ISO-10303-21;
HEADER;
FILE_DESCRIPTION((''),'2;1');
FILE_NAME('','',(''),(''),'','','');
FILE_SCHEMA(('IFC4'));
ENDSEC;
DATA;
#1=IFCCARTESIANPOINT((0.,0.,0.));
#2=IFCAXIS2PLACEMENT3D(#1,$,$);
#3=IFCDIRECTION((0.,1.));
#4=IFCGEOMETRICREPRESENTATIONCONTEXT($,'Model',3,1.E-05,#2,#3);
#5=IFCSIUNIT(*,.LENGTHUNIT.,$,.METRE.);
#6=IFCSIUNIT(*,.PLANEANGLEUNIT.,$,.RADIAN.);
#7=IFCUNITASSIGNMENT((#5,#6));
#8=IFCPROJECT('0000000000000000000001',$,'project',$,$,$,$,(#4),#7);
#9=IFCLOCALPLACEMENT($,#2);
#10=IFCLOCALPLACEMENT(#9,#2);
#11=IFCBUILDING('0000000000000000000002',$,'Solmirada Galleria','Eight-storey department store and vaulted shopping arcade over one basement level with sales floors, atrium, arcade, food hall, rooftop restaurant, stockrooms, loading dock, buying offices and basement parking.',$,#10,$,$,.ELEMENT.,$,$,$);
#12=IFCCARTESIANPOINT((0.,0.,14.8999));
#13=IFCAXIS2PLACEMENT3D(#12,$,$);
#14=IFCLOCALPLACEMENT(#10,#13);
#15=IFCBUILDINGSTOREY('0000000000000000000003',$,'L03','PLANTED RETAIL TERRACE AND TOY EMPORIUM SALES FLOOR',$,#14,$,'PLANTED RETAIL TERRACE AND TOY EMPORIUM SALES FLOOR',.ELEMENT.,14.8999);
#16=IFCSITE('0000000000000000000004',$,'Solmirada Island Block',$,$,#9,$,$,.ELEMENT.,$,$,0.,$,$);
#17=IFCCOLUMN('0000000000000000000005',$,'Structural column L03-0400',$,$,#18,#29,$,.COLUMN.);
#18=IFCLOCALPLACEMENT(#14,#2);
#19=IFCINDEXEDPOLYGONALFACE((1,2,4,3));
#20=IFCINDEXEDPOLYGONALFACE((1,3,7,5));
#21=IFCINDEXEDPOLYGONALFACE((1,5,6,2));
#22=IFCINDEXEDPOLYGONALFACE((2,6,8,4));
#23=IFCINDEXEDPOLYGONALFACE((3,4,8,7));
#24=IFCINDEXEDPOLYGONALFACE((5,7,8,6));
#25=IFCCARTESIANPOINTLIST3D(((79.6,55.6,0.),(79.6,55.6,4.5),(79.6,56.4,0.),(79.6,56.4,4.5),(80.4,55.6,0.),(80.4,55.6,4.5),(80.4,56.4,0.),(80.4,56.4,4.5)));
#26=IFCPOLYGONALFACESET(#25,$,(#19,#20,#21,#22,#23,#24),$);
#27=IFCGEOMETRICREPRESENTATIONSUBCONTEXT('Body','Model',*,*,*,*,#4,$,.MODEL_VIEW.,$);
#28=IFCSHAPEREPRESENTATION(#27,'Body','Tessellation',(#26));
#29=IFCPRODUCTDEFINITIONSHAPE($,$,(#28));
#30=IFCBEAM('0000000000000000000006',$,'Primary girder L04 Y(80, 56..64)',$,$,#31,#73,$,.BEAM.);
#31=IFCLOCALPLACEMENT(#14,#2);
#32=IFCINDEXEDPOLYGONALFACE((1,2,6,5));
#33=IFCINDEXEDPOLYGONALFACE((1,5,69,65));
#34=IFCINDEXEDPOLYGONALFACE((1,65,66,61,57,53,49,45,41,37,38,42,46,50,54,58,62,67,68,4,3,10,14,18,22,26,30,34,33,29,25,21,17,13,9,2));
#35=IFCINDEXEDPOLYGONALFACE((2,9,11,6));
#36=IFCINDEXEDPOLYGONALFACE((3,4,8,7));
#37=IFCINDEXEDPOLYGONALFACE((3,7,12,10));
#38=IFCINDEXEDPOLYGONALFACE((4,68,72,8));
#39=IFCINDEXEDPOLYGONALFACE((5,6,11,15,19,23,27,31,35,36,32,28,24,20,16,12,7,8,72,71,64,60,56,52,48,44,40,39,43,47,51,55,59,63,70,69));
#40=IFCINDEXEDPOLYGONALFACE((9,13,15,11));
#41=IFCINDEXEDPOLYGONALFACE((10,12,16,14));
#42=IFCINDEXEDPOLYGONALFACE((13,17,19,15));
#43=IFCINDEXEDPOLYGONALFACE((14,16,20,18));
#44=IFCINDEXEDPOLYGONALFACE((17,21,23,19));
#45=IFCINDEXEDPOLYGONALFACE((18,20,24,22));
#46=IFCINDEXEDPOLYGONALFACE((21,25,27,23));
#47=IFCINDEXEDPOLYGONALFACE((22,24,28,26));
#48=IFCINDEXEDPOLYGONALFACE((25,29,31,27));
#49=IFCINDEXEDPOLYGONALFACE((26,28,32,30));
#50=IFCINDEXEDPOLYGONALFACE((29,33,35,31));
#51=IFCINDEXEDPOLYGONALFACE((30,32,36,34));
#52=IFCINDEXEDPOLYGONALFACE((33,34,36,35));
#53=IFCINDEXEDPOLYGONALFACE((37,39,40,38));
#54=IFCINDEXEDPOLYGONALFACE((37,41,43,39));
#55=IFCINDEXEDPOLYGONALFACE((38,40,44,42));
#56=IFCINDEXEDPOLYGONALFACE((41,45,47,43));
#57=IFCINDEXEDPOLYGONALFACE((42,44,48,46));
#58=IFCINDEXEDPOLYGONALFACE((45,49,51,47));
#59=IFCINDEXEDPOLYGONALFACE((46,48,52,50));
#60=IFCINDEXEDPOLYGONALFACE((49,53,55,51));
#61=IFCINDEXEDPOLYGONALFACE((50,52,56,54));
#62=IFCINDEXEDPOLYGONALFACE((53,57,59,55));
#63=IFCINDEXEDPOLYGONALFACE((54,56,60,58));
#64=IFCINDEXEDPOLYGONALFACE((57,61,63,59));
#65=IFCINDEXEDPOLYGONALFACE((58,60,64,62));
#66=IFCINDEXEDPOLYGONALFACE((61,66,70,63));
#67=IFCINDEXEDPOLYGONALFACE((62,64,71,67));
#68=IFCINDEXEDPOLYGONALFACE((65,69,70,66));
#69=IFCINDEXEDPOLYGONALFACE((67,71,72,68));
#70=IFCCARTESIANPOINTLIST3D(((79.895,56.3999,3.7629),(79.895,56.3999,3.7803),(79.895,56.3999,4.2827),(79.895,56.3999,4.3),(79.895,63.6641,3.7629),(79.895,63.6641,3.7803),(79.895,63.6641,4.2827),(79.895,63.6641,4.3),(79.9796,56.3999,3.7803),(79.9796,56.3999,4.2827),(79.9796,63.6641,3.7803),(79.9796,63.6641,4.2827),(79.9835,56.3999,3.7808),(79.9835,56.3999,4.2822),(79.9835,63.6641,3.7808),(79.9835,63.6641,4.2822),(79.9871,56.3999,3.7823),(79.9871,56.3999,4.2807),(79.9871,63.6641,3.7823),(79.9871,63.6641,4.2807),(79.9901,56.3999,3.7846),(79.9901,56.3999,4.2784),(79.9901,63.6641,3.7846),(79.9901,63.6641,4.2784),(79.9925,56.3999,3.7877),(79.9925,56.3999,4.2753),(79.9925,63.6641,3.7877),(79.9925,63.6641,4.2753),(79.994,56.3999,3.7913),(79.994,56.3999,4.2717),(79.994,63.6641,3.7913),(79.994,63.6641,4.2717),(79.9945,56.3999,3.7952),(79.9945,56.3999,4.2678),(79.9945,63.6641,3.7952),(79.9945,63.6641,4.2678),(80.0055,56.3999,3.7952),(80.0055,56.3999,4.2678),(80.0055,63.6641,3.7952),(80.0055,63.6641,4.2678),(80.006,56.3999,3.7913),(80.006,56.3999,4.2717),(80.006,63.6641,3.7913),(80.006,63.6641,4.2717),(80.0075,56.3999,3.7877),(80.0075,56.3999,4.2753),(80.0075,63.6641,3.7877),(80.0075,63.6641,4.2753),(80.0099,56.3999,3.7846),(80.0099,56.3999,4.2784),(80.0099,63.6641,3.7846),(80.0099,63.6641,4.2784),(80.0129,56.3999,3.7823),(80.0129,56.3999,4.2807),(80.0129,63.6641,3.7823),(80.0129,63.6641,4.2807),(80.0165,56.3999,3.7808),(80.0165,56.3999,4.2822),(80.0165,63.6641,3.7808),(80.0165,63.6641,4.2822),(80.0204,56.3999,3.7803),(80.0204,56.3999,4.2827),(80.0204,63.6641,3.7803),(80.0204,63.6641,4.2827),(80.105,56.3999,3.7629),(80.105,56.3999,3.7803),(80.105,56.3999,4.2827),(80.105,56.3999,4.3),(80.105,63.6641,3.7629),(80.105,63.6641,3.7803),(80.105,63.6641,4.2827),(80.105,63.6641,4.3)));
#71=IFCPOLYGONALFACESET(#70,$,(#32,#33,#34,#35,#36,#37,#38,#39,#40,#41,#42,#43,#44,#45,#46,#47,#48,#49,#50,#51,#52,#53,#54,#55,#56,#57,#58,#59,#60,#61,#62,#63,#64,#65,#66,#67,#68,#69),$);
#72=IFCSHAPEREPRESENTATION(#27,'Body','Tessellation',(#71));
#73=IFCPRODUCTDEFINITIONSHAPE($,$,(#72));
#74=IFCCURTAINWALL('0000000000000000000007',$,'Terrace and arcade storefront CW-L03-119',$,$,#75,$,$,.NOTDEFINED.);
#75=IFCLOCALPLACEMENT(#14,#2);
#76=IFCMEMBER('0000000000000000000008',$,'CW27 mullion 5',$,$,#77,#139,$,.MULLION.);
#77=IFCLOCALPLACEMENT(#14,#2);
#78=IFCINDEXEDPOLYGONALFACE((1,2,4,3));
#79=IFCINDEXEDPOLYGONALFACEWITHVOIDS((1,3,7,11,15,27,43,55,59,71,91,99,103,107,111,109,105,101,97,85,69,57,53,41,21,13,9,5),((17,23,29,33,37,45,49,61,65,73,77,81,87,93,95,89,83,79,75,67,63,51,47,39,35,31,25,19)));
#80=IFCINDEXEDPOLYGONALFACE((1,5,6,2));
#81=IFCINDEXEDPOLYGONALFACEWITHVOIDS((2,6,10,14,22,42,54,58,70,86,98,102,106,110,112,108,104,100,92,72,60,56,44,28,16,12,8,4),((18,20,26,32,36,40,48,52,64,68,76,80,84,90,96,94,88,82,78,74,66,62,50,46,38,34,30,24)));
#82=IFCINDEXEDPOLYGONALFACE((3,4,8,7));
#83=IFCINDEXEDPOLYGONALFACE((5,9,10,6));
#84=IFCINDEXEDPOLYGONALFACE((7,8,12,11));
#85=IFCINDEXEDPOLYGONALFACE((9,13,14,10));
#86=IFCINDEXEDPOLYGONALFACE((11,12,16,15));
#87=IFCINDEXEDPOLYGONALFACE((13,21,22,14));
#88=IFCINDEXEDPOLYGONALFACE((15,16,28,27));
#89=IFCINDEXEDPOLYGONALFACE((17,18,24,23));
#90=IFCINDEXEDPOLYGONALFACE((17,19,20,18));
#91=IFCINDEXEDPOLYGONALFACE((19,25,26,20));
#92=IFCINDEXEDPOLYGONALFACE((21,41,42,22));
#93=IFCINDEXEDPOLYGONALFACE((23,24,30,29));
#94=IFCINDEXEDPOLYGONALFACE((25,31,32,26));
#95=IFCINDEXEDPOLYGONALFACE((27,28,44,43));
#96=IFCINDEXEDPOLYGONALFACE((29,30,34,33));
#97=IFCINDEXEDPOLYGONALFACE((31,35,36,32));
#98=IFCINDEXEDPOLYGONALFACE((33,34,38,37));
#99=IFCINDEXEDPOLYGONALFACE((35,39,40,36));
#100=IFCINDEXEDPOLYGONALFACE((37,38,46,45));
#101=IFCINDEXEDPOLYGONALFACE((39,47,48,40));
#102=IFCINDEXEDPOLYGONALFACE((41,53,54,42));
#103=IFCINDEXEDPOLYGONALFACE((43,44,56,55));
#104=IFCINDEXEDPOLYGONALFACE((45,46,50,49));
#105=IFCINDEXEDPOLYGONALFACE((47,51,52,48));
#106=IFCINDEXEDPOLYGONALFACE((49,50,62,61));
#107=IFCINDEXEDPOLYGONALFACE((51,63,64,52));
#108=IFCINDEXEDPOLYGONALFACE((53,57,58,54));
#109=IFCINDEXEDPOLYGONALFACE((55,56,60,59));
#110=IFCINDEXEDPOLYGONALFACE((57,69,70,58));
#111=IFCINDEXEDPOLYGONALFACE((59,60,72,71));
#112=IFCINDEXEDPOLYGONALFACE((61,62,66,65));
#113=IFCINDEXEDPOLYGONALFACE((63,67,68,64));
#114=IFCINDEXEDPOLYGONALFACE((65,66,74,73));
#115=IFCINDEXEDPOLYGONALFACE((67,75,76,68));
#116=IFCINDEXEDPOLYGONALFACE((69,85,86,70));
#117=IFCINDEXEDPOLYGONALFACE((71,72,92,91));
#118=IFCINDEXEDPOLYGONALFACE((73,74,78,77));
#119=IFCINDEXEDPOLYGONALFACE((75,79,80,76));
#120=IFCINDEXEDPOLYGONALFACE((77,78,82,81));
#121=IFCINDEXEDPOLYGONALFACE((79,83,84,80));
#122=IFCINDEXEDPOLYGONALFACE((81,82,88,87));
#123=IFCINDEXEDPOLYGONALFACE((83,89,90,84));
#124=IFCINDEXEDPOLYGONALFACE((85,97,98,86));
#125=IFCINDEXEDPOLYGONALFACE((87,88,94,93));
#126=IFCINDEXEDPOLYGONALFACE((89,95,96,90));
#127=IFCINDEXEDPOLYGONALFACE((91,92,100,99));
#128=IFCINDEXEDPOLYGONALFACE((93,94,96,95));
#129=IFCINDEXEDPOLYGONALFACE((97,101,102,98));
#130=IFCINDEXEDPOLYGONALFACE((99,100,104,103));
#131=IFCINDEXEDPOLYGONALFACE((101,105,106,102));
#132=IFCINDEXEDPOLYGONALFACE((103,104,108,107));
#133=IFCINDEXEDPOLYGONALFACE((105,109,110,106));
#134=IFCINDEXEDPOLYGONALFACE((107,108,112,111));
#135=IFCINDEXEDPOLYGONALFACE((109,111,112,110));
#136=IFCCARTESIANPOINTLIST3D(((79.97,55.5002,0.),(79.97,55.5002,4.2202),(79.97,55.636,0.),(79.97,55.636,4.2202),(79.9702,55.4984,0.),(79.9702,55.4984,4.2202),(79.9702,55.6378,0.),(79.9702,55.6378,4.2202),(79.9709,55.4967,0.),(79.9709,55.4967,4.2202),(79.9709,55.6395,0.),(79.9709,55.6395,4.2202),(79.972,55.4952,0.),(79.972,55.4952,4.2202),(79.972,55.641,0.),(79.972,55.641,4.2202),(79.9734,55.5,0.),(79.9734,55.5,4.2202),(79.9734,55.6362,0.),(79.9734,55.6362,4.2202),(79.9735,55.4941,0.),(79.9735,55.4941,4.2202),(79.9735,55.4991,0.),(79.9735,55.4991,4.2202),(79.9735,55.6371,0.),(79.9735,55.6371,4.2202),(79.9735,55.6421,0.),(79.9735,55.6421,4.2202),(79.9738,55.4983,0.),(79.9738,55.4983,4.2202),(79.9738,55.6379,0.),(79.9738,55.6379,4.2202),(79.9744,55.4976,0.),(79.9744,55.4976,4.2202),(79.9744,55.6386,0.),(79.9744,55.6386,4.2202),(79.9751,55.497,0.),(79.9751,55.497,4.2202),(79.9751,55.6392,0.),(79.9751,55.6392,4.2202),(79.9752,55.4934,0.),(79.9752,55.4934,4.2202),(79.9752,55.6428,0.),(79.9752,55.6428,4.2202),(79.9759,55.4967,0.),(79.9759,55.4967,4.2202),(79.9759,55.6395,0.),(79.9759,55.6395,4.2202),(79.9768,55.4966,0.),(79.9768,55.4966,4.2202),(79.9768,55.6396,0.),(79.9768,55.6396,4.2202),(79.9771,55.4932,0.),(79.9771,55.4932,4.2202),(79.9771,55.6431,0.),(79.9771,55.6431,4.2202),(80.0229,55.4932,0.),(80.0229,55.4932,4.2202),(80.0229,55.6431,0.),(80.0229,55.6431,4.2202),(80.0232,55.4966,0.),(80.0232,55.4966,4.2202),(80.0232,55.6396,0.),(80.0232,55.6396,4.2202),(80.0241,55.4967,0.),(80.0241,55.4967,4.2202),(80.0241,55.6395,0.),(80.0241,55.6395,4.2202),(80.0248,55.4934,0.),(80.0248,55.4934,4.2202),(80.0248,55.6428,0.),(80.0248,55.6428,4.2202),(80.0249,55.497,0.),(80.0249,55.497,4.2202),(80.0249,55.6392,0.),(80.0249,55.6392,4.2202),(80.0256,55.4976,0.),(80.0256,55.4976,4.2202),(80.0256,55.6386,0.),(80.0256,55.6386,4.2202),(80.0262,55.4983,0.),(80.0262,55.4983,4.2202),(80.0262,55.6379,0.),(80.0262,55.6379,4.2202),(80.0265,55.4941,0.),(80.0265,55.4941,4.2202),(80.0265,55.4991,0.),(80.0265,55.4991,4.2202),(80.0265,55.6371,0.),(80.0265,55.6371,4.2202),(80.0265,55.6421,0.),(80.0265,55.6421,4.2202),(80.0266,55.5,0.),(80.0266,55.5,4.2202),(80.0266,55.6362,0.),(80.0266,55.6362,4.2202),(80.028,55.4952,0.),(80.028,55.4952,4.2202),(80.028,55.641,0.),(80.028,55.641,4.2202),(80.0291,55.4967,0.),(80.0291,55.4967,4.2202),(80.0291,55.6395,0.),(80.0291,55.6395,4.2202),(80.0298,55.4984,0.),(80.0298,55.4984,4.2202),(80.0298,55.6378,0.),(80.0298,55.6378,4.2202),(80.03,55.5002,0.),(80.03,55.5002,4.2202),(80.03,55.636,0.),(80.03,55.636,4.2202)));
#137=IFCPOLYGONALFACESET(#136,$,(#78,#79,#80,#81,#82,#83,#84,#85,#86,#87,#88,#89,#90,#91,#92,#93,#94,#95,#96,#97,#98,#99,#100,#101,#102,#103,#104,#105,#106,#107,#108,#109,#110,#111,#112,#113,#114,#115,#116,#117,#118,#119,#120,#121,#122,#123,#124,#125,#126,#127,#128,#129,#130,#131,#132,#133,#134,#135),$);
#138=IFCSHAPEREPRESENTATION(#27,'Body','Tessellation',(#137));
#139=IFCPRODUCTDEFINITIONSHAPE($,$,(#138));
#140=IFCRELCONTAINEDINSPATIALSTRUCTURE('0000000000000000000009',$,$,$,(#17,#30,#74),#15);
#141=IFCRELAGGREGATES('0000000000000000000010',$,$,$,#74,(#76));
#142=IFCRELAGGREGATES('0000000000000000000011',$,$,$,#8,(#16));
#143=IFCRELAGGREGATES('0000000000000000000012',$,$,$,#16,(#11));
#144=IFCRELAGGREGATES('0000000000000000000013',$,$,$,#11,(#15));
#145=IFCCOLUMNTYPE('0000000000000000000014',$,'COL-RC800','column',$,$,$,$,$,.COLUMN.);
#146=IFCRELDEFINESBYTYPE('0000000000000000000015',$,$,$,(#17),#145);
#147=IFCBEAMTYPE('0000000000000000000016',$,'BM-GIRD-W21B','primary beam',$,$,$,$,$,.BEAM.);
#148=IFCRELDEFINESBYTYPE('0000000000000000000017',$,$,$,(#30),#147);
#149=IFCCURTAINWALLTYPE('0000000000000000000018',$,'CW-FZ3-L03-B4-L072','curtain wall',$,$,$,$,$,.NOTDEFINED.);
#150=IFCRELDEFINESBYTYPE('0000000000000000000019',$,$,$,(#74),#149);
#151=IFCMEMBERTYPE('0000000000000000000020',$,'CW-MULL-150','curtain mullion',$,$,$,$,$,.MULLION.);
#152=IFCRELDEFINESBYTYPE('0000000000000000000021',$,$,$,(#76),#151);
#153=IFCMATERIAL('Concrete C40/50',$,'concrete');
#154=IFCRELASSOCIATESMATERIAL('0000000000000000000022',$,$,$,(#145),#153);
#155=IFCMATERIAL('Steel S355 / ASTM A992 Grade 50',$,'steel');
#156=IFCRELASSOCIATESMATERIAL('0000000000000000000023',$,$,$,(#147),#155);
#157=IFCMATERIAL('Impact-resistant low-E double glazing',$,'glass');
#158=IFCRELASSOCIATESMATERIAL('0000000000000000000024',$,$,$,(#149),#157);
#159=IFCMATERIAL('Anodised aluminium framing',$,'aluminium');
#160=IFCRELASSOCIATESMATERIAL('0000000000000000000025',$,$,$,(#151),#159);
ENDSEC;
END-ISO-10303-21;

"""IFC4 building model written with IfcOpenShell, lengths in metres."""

from ifc_helpers import new_model, si_unit, direction, frame, origin, origin_2d, place, context, subcontext, project, spatial, rectangle, hollow_rectangle, i_section, extrude, material, material_profile, profile_set, type_object, element, aggregate, save


model = new_model("IFC4")

# Units and contexts
model_context = context("Model", 3, precision=1e-05, world=origin(), true_north=direction((0.0, 1.0)))
body_context = subcontext(model_context, "Body", "Model", "MODEL_VIEW")
ifc_project = project(units=[si_unit("LENGTHUNIT", "METRE"), si_unit("PLANEANGLEUNIT", "RADIAN")], contexts=[model_context])

# Site, building, storey
site_placement = place(None, origin())
site = spatial("IfcSite", under=ifc_project, at=site_placement, Name="Solmirada Island Block", CompositionType="ELEMENT", RefElevation=0.0)
building_placement = place(site_placement, origin())
building = spatial("IfcBuilding", under=site, at=building_placement, Name="Solmirada Galleria", Description="Eight-storey department store and vaulted shopping arcade over one basement level with sales floors, atrium, arcade, food hall, rooftop restaurant, stockrooms, loading dock, buying offices and basement parking.", CompositionType="ELEMENT")
storey_placement = place(building_placement, frame((0.0, 0.0, 14.8999)))
storey = spatial("IfcBuildingStorey", under=building, at=storey_placement, Name="L03", Description="PLANTED RETAIL TERRACE AND TOY EMPORIUM SALES FLOOR", LongName="PLANTED RETAIL TERRACE AND TOY EMPORIUM SALES FLOOR", CompositionType="ELEMENT", Elevation=14.8999)

# Column
ifc_material_1 = material(Name="Concrete C40/50", Category="concrete")
ifc_material_profile_1 = material_profile(ifc_material_1, rectangle(XDim=0.8, YDim=0.8, at=origin_2d()), Name="RC800X800")
ifc_profile_set_1 = profile_set([ifc_material_profile_1], Name="Concrete C40/50")
column_type = type_object("IfcColumnType", Name="COL-RC800", Description="column", PredefinedType="COLUMN", material=ifc_profile_set_1)
column_placement = place(storey_placement, frame((80.0, 56.0, 0.0), z_axis=(0.0, 0.0, 1.0), x_axis=(1.0, 0.0, 0.0)))
element("IfcColumn", 1, at=column_placement, inside=storey, type_object=column_type, Name="Structural column L03-0400", PredefinedType="COLUMN", context=body_context, shape_type="SweptSolid", body=[
    extrude(rectangle(XDim=0.8, YDim=0.8, at=origin_2d()), origin(), (0.0, 0.0, 1.0), 4.5),
])

# Beam
ifc_material_2 = material(Name="Steel S355 / ASTM A992 Grade 50", Category="steel")
ifc_material_profile_2 = material_profile(ifc_material_2, i_section(OverallWidth=0.21, OverallDepth=0.5371, WebThickness=0.011, FlangeThickness=0.0173, FilletRadius=0.0149, at=origin_2d()), Name="W21X68")
ifc_profile_set_2 = profile_set([ifc_material_profile_2], Name="Steel S355 / ASTM A992 Grade 50")
beam_type = type_object("IfcBeamType", Name="BM-GIRD-W21B", Description="primary beam", PredefinedType="BEAM", material=ifc_profile_set_2)
beam_placement = place(storey_placement, frame((80.0, 56.3999, 4.0315), z_axis=(0.0, 1.0, 0.0), x_axis=(-1.0, 0.0, 0.0)))
element("IfcBeam", 2, at=beam_placement, inside=storey, type_object=beam_type, Name="Primary girder L04 Y(80, 56..64)", PredefinedType="BEAM", context=body_context, shape_type="SweptSolid", body=[
    extrude(i_section(OverallWidth=0.21, OverallDepth=0.5371, WebThickness=0.011, FlangeThickness=0.0173, FilletRadius=0.0149, at=origin_2d()), origin(), (0.0, 0.0, 1.0), 7.2642),
])

# Curtain wall, member
ifc_material_3 = material(Name="Impact-resistant low-E double glazing", Category="glass")
curtain_wall_type_1 = type_object("IfcCurtainWallType", Name="CW-FZ3-L03-B4-L072", Description="curtain wall", PredefinedType="NOTDEFINED", material=ifc_material_3)
curtain_wall_1_placement = place(storey_placement, origin())
curtain_wall_1 = element("IfcCurtainWall", 3, at=curtain_wall_1_placement, inside=storey, type_object=curtain_wall_type_1, Name="Terrace and arcade storefront CW-L03-119", PredefinedType="NOTDEFINED")
ifc_material_4 = material(Name="Anodised aluminium framing", Category="aluminium")
ifc_material_profile_3 = material_profile(ifc_material_4, hollow_rectangle(XDim=0.0601, YDim=0.1499, WallThickness=0.0034, InnerFilletRadius=0.0034, OuterFilletRadius=0.0071, at=origin_2d()), Name="ALU-MULL-150X60")
ifc_profile_set_3 = profile_set([ifc_material_profile_3], Name="Anodised aluminium framing")
member_type_1 = type_object("IfcMemberType", Name="CW-MULL-150", Description="curtain mullion", PredefinedType="MULLION", material=ifc_profile_set_3)
member_1_placement = place(storey_placement, frame((80.0, 55.5681, 0.0), z_axis=(0.0, 0.0, 1.0), x_axis=(-1.0, 0.0, 0.0)))
member_1 = element("IfcMember", 4, at=member_1_placement, type_object=member_type_1, Name="CW27 mullion 5", PredefinedType="MULLION", context=body_context, shape_type="SweptSolid", body=[
    extrude(hollow_rectangle(XDim=0.0601, YDim=0.1499, WallThickness=0.0034, InnerFilletRadius=0.0034, OuterFilletRadius=0.0071, at=origin_2d()), origin(), (0.0, 0.0, 1.0), 4.2202),
])

aggregate(curtain_wall_1, [member_1])

save(model, "model.ifc")
